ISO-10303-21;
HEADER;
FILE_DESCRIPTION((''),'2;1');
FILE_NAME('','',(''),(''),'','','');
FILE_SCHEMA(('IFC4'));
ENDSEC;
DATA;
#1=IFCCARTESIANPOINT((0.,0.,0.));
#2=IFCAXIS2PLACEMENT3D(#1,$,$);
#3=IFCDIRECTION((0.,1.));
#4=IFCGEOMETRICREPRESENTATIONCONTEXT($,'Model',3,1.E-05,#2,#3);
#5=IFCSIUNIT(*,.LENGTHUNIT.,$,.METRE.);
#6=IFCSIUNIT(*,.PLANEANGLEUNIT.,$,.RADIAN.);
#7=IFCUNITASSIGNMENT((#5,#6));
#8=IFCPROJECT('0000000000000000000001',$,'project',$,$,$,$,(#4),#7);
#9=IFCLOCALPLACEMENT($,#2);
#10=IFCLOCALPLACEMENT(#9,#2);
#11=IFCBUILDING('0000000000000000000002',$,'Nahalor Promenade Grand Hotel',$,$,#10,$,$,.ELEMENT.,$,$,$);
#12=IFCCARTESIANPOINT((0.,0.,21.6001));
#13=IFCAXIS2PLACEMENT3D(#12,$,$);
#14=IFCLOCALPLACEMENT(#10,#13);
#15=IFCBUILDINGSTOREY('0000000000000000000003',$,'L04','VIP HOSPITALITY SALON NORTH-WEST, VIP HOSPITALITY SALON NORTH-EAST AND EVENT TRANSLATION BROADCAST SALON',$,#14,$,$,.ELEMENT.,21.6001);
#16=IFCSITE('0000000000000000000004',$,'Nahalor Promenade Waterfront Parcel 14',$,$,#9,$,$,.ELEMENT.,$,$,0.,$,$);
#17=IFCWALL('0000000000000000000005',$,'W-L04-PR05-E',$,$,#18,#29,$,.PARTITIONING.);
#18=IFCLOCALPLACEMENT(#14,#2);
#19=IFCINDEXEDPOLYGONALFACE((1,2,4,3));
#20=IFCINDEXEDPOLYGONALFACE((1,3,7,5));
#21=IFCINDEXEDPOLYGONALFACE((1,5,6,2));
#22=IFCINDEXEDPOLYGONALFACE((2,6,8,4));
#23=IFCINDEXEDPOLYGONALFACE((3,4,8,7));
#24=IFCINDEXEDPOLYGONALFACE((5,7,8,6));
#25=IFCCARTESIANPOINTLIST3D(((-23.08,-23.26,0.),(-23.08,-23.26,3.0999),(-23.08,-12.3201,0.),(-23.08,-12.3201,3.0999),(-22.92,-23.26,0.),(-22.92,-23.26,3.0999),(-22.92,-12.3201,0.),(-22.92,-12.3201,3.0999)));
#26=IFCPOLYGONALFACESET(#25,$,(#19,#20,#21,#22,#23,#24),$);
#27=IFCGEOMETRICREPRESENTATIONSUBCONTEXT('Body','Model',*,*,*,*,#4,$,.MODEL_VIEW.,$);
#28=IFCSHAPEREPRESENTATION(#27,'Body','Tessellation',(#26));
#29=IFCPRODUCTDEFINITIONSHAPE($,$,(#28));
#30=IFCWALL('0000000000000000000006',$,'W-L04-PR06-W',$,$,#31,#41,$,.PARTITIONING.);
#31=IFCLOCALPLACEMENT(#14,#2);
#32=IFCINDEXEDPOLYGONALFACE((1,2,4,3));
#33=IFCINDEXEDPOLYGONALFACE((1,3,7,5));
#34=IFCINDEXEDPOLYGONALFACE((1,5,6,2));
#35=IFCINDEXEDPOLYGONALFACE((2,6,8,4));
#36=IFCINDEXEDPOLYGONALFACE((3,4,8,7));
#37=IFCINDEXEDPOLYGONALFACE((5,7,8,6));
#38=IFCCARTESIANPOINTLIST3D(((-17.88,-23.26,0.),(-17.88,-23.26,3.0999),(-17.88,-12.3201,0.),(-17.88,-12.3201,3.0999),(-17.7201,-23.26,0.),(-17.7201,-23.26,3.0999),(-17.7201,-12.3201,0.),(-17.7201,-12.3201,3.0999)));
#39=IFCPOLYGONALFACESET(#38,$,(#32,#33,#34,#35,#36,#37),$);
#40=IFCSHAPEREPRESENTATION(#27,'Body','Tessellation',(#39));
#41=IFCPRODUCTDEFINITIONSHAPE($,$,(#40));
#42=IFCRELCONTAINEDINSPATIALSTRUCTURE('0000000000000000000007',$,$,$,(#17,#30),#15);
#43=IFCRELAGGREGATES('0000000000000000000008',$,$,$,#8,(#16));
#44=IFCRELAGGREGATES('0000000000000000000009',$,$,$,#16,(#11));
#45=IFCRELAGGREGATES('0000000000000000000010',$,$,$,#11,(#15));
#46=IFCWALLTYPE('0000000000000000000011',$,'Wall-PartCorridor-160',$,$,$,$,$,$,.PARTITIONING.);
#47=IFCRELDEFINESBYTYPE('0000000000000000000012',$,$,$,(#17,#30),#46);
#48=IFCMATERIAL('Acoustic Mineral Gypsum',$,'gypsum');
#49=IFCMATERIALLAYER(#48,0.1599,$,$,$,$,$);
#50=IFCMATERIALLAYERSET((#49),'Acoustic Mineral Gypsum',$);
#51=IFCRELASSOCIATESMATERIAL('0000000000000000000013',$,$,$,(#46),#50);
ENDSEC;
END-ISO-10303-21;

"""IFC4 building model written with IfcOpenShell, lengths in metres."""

from ifc_helpers import new_model, si_unit, direction, frame, frame_2d, origin, place, context, subcontext, project, spatial, rectangle, extrude, source, transform, mapped, material, layer, layer_set, type_object, element, save


model = new_model("IFC4")

# Units and contexts
model_context = context("Model", 3, precision=1e-05, world=origin(), true_north=direction((0.0, 1.0)))
body_context = subcontext(model_context, "Body", "Model", "MODEL_VIEW")
ifc_project = project(units=[si_unit("LENGTHUNIT", "METRE"), si_unit("PLANEANGLEUNIT", "RADIAN")], contexts=[model_context])

# Site, building, storey
site_placement = place(None, origin())
site = spatial("IfcSite", under=ifc_project, at=site_placement, Name="Nahalor Promenade Waterfront Parcel 14", CompositionType="ELEMENT", RefElevation=0.0)
building_placement = place(site_placement, origin())
building = spatial("IfcBuilding", under=site, at=building_placement, Name="Nahalor Promenade Grand Hotel", CompositionType="ELEMENT")
storey_placement = place(building_placement, frame((0.0, 0.0, 21.6001)))
storey = spatial("IfcBuildingStorey", under=building, at=storey_placement, Name="L04", Description="VIP HOSPITALITY SALON NORTH-WEST, VIP HOSPITALITY SALON NORTH-EAST AND EVENT TRANSLATION BROADCAST SALON", CompositionType="ELEMENT", Elevation=21.6001)

# Walls
ifc_material_1 = material(Name="Acoustic Mineral Gypsum", Category="gypsum")
ifc_layer_1 = layer(ifc_material_1, 0.1599)
ifc_layer_set_1 = layer_set([ifc_layer_1], Name="Acoustic Mineral Gypsum")
wall_type_1 = type_object("IfcWallType", Name="Wall-PartCorridor-160", PredefinedType="PARTITIONING", material=ifc_layer_set_1)
shared_shape_1 = source(origin(), body_context, "Body", "SweptSolid", [
    extrude(rectangle(XDim=10.9399, YDim=0.1599, at=frame_2d((5.47, 0.0))), origin(), (0.0, 0.0, 1.0), 3.0999),
])
for number, where, z_axis, x_axis, name in (
    (1, (-23.0, -23.26, 0.0), (0.0, 0.0, 1.0), (0.0, 1.0, 0.0), "W-L04-PR05-E"),
    (2, (-17.8, -23.26, 0.0), (0.0, 0.0, 1.0), (0.0, 1.0, 0.0), "W-L04-PR06-W"),
):
    element("IfcWall", number, at=place(storey_placement, frame(where, z_axis=z_axis, x_axis=x_axis)), inside=storey, type_object=wall_type_1, Name=name, PredefinedType="PARTITIONING", context=body_context, shape_type="MappedRepresentation", body=[
        mapped(shared_shape_1, transform((0.0, 0.0, 0.0), scale=1.0)),
    ])

save(model, "model.ifc")
